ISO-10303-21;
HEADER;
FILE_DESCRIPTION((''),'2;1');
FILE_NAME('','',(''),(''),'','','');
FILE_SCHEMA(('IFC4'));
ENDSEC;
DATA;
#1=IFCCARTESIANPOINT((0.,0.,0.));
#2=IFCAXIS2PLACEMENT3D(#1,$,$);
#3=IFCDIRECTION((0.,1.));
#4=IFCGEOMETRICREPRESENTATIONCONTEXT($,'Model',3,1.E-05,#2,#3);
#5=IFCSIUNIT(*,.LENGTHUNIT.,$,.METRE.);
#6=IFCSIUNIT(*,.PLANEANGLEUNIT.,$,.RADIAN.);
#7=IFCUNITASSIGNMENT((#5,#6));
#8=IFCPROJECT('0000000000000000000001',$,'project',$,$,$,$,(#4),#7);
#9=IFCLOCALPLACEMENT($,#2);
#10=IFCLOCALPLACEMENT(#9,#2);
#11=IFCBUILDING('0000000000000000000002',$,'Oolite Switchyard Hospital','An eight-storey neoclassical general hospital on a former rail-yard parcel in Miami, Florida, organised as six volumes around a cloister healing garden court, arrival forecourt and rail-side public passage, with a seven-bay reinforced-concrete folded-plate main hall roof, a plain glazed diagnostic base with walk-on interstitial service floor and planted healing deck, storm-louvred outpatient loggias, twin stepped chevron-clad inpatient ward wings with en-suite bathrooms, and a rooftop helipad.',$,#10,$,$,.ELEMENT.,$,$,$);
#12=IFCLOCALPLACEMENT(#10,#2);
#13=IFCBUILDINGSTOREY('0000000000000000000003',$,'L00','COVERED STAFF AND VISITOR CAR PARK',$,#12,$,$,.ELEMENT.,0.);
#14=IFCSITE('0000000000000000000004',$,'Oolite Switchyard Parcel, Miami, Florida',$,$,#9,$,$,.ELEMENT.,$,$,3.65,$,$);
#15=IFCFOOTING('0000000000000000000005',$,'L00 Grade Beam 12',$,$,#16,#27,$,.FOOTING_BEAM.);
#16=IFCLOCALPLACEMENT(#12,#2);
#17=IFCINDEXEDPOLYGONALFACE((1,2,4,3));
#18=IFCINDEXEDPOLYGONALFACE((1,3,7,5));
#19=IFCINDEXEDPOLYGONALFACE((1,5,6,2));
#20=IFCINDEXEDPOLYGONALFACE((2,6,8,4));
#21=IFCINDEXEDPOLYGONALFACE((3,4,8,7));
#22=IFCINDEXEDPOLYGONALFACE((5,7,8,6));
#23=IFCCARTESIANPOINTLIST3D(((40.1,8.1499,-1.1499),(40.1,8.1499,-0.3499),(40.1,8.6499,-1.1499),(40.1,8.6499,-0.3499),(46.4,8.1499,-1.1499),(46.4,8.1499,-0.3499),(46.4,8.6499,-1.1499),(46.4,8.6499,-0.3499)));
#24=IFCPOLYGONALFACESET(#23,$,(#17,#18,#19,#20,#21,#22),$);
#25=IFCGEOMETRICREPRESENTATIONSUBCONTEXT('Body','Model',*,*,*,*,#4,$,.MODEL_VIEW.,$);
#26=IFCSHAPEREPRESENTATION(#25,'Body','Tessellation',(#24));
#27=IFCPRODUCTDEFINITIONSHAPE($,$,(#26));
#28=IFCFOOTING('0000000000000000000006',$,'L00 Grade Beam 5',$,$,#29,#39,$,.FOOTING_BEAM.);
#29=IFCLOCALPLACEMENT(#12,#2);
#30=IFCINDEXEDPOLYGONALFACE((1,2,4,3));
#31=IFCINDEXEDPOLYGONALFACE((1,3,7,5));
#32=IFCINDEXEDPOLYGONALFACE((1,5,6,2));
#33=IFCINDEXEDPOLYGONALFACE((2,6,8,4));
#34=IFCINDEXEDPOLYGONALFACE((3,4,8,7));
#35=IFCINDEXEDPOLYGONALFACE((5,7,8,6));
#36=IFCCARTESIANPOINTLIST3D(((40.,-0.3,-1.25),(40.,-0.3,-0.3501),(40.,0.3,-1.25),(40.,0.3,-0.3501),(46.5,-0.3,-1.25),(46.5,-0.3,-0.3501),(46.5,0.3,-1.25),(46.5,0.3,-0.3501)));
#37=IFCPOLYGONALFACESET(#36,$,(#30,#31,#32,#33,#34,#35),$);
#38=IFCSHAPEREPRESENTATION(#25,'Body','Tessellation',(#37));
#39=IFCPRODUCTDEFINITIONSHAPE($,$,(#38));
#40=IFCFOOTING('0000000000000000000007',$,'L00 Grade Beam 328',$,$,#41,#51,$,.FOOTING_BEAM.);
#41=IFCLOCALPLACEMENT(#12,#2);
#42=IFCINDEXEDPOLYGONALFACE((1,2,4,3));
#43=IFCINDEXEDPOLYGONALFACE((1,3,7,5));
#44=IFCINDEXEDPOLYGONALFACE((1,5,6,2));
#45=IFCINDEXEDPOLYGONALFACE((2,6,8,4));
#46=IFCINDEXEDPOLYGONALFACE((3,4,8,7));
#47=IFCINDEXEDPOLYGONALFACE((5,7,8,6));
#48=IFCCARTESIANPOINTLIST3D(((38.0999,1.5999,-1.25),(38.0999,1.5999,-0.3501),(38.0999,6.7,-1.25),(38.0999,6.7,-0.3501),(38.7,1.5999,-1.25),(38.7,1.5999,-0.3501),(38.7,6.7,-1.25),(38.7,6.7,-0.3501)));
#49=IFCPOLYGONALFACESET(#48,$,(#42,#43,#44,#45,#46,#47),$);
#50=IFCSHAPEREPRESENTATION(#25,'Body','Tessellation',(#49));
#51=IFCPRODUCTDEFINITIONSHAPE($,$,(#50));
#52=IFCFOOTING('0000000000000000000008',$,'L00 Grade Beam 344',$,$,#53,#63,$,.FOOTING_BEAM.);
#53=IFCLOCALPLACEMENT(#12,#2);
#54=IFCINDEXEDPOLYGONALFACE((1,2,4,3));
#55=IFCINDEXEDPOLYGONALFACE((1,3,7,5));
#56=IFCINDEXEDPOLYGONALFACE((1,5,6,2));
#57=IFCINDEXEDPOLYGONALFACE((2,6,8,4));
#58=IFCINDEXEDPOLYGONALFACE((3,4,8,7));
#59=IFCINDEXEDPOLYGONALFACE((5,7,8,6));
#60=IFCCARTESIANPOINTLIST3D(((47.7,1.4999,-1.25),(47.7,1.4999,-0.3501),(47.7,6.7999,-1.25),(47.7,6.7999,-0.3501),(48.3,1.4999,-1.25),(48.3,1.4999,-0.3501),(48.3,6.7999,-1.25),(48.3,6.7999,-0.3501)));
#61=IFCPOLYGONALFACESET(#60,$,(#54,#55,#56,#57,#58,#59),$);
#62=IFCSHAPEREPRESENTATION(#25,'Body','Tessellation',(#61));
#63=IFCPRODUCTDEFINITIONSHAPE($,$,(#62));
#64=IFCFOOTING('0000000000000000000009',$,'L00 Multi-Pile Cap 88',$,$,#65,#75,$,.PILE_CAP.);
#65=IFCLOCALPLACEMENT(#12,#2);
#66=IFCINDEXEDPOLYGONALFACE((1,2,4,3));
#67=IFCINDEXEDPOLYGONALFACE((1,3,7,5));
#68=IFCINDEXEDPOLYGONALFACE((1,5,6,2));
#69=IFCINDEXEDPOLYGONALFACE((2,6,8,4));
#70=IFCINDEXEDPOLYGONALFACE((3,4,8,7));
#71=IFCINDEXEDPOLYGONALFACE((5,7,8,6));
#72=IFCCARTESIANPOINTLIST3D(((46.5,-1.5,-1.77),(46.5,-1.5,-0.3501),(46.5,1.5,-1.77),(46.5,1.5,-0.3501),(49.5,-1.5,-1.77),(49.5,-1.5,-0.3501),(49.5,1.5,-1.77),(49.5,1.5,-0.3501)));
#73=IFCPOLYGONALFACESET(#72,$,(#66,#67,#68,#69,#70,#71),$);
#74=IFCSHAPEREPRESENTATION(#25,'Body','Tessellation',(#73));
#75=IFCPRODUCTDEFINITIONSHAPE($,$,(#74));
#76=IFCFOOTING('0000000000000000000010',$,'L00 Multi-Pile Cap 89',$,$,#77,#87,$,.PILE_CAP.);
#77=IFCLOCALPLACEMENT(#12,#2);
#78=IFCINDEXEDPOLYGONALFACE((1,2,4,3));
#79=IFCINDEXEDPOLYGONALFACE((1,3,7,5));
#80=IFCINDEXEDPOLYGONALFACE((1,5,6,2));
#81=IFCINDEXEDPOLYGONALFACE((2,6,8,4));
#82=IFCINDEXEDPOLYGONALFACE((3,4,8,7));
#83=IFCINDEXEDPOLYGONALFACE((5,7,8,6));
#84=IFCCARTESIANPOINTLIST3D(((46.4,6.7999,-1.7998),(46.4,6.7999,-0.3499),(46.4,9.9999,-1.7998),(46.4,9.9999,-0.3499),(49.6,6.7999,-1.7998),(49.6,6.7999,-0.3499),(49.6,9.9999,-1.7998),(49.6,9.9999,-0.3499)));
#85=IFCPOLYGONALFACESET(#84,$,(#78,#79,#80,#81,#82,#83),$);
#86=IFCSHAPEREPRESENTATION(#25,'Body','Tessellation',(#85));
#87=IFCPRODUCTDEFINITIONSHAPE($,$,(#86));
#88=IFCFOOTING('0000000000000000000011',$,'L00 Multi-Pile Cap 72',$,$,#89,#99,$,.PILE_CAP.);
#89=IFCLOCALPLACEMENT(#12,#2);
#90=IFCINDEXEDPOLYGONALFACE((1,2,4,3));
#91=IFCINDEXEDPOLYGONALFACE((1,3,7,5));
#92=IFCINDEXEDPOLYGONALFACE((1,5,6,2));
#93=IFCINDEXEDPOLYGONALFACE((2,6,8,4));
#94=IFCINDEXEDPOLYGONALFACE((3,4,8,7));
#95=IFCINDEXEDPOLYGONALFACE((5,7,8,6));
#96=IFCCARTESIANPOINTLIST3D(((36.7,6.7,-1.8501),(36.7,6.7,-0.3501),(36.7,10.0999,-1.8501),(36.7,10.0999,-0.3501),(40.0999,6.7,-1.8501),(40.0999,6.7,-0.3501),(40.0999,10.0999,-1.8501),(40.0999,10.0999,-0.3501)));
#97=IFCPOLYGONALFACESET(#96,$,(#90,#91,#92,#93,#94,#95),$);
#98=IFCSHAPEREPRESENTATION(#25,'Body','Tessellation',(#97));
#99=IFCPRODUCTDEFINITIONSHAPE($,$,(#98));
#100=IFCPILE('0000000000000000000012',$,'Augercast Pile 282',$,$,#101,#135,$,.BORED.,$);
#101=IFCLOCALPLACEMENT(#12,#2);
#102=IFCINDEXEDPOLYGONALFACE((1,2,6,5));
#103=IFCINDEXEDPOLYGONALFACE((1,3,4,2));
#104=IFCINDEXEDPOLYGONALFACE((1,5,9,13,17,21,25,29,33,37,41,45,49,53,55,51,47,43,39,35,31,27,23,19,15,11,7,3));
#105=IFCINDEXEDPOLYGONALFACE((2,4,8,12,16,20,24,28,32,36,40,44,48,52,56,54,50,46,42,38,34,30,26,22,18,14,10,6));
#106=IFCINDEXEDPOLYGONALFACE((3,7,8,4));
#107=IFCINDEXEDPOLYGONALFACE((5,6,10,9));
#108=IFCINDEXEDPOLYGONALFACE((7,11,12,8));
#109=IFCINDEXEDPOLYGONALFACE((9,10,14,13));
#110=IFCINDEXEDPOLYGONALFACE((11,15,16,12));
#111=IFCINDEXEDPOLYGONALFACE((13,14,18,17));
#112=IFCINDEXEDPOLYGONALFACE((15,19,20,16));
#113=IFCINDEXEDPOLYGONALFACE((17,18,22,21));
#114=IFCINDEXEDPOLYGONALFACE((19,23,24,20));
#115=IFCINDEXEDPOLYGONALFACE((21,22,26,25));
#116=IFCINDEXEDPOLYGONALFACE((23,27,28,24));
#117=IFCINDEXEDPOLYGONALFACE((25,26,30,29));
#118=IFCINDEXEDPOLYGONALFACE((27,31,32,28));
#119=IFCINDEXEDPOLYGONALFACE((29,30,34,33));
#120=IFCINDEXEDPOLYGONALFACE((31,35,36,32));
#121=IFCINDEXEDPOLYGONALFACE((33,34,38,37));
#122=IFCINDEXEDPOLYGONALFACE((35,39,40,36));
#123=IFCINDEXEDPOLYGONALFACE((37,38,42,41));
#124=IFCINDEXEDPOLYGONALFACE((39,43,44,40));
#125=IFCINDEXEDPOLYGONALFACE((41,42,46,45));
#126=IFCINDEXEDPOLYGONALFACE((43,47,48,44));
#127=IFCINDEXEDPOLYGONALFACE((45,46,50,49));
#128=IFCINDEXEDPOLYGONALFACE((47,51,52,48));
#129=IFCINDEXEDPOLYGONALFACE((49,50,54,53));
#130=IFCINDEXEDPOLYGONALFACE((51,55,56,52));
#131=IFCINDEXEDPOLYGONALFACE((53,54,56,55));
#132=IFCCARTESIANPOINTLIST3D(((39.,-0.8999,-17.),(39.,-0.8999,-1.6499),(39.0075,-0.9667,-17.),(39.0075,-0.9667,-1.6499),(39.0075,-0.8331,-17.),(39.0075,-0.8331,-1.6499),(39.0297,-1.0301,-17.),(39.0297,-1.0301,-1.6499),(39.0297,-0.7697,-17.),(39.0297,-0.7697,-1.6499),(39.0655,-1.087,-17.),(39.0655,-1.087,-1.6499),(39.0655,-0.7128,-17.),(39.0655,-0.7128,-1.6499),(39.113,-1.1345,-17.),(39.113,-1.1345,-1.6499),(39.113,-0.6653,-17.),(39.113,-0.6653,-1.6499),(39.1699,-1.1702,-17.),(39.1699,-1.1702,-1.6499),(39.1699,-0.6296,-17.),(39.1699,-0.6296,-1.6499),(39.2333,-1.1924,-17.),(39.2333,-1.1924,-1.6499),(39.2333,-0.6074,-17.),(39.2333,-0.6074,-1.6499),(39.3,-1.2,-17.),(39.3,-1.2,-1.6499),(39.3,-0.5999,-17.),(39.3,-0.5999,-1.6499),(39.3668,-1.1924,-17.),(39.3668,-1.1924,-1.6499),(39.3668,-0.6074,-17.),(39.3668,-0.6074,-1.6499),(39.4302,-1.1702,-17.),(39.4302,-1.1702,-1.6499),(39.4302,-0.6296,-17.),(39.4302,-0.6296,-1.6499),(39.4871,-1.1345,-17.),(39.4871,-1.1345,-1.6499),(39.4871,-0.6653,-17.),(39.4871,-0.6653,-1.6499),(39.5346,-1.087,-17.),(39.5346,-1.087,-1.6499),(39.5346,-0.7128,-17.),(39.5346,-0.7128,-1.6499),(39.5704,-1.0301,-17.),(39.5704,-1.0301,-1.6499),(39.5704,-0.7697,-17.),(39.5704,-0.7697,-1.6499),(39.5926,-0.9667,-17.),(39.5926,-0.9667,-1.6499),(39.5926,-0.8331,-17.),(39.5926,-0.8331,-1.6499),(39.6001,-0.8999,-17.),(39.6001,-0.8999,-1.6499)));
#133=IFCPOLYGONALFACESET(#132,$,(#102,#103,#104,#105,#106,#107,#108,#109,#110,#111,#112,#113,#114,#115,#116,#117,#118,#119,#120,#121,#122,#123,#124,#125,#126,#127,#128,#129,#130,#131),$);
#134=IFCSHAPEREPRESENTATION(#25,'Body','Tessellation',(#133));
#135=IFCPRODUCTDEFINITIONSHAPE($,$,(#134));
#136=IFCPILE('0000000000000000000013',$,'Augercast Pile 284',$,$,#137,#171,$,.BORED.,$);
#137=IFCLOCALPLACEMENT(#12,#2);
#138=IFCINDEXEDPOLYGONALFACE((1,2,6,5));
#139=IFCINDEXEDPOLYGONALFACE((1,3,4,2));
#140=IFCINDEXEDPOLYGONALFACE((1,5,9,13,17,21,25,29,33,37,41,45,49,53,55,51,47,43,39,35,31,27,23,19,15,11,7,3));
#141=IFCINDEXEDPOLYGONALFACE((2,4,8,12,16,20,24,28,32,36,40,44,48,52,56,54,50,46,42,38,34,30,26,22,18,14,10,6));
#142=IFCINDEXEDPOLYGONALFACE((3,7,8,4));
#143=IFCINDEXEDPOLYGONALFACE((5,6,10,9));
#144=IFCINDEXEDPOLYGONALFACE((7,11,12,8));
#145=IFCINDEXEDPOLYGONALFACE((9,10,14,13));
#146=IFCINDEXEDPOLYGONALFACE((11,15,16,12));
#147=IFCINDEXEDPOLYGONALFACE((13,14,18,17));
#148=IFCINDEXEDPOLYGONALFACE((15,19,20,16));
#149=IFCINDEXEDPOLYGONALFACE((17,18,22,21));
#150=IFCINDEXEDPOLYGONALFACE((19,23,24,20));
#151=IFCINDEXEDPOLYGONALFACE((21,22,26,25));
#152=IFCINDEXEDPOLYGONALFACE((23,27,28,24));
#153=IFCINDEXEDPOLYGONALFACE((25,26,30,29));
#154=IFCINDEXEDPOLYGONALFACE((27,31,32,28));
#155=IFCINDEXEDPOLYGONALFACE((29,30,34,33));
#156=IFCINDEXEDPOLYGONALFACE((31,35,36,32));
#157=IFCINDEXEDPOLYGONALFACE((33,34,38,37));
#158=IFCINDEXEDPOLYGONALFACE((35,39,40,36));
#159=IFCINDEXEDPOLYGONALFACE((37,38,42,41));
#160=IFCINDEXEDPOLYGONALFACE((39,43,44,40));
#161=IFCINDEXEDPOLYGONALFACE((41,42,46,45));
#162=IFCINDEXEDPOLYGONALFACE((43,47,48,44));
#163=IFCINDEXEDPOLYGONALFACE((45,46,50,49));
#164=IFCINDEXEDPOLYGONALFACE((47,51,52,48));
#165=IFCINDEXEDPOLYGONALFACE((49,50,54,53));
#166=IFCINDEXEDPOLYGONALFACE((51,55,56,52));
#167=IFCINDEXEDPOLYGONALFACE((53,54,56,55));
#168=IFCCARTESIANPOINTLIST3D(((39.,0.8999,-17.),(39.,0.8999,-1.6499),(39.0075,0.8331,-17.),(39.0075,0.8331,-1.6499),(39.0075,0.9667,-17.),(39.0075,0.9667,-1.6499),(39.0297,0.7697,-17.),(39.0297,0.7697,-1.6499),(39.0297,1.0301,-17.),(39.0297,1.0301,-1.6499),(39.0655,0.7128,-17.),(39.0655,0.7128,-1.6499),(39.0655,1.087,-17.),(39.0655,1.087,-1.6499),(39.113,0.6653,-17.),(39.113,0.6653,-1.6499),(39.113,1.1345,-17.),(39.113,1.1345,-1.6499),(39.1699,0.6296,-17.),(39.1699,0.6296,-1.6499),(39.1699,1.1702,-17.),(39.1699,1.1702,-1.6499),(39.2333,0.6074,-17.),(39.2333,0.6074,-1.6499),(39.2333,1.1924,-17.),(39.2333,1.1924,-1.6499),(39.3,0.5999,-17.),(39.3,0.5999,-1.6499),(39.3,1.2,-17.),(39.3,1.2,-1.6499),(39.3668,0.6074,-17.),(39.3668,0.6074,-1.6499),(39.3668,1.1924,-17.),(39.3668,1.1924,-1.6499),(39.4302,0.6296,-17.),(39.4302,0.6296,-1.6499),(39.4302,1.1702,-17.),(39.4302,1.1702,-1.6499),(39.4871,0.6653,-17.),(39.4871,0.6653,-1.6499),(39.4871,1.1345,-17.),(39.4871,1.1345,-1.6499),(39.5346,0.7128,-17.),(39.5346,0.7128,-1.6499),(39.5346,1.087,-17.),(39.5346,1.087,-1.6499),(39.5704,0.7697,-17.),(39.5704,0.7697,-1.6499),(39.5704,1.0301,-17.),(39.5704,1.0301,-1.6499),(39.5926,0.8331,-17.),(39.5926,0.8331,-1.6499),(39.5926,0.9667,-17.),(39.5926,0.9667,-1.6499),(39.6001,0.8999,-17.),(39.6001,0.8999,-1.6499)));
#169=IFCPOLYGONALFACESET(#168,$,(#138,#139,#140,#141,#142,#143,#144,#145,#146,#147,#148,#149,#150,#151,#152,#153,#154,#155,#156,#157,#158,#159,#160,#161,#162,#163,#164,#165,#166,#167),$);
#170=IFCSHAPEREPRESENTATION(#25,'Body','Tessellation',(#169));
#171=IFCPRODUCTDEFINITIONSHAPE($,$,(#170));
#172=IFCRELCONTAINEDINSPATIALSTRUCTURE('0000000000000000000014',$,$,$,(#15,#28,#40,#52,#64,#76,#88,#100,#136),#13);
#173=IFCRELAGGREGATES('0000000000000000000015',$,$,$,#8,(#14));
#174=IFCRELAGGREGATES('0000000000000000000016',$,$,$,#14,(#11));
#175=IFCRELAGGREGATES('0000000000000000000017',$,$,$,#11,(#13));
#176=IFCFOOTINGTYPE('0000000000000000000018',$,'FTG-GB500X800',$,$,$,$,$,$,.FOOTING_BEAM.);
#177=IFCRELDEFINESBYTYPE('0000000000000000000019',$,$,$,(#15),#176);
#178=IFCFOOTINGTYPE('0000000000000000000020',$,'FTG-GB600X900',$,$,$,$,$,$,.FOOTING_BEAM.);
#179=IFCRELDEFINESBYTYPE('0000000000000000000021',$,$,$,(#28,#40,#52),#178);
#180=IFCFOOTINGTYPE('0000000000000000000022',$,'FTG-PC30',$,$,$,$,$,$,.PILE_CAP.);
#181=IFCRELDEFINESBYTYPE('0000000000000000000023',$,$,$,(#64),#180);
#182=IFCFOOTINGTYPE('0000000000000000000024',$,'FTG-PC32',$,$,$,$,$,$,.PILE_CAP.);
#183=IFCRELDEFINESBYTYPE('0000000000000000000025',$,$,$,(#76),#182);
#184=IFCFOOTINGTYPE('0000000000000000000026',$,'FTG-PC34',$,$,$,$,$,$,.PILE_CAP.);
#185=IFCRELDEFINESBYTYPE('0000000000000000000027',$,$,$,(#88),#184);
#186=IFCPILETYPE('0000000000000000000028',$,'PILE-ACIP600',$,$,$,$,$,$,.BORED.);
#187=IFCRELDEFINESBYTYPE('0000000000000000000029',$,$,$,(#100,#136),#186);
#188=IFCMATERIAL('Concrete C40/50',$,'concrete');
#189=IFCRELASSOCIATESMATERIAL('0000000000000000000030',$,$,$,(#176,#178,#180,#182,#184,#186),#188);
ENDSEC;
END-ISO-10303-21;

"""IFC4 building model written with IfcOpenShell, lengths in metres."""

from ifc_helpers import new_model, si_unit, direction, frame, origin, origin_2d, place, context, subcontext, project, spatial, rectangle, circle, extrude, material, material_profile, profile_set, type_object, element, save


model = new_model("IFC4")

# Units and contexts
model_context = context("Model", 3, precision=1e-05, world=origin(), true_north=direction((0.0, 1.0)))
body_context = subcontext(model_context, "Body", "Model", "MODEL_VIEW")
ifc_project = project(units=[si_unit("LENGTHUNIT", "METRE"), si_unit("PLANEANGLEUNIT", "RADIAN")], contexts=[model_context])

# Site, building, storey
site_placement = place(None, origin())
site = spatial("IfcSite", under=ifc_project, at=site_placement, Name="Oolite Switchyard Parcel, Miami, Florida", CompositionType="ELEMENT", RefElevation=3.65)
building_placement = place(site_placement, origin())
building = spatial("IfcBuilding", under=site, at=building_placement, Name="Oolite Switchyard Hospital", Description="An eight-storey neoclassical general hospital on a former rail-yard parcel in Miami, Florida, organised as six volumes around a cloister healing garden court, arrival forecourt and rail-side public passage, with a seven-bay reinforced-concrete folded-plate main hall roof, a plain glazed diagnostic base with walk-on interstitial service floor and planted healing deck, storm-louvred outpatient loggias, twin stepped chevron-clad inpatient ward wings with en-suite bathrooms, and a rooftop helipad.", CompositionType="ELEMENT")
storey_placement = place(building_placement, origin())
storey = spatial("IfcBuildingStorey", under=building, at=storey_placement, Name="L00", Description="COVERED STAFF AND VISITOR CAR PARK", CompositionType="ELEMENT", Elevation=0.0)

# Footings
ifc_material_1 = material(Name="Concrete C40/50", Category="concrete")
footing_type_1 = type_object("IfcFootingType", Name="FTG-GB500X800", PredefinedType="FOOTING_BEAM", material=ifc_material_1)
footing_1_placement = place(storey_placement, frame((43.25, 8.3999, -1.1499), z_axis=(0.0, 0.0, 1.0), x_axis=(1.0, 0.0, 0.0)))
element("IfcFooting", 1, at=footing_1_placement, inside=storey, type_object=footing_type_1, Name="L00 Grade Beam 12", PredefinedType="FOOTING_BEAM", context=body_context, shape_type="SweptSolid", body=[
    extrude(rectangle(XDim=6.3, YDim=0.5, at=origin_2d()), origin(), (0.0, 0.0, 1.0), 0.8),
])
footing_type_2 = type_object("IfcFootingType", Name="FTG-GB600X900", PredefinedType="FOOTING_BEAM", material=ifc_material_1)
footing_2_placement = place(storey_placement, frame((43.25, 0.0, -1.25), z_axis=(0.0, 0.0, 1.0), x_axis=(1.0, 0.0, 0.0)))
element("IfcFooting", 2, at=footing_2_placement, inside=storey, type_object=footing_type_2, Name="L00 Grade Beam 5", PredefinedType="FOOTING_BEAM", context=body_context, shape_type="SweptSolid", body=[
    extrude(rectangle(XDim=6.5, YDim=0.6001, at=origin_2d()), origin(), (0.0, 0.0, 1.0), 0.8999),
])
footing_3_placement = place(storey_placement, frame((38.3999, 4.1499, -1.25), z_axis=(0.0, 0.0, 1.0), x_axis=(0.0, 1.0, 0.0)))
element("IfcFooting", 3, at=footing_3_placement, inside=storey, type_object=footing_type_2, Name="L00 Grade Beam 328", PredefinedType="FOOTING_BEAM", context=body_context, shape_type="SweptSolid", body=[
    extrude(rectangle(XDim=5.1001, YDim=0.6001, at=origin_2d()), origin(), (0.0, 0.0, 1.0), 0.8999),
])
footing_4_placement = place(storey_placement, frame((48.0, 4.1499, -1.25), z_axis=(0.0, 0.0, 1.0), x_axis=(0.0, 1.0, 0.0)))
element("IfcFooting", 4, at=footing_4_placement, inside=storey, type_object=footing_type_2, Name="L00 Grade Beam 344", PredefinedType="FOOTING_BEAM", context=body_context, shape_type="SweptSolid", body=[
    extrude(rectangle(XDim=5.3, YDim=0.6001, at=origin_2d()), origin(), (0.0, 0.0, 1.0), 0.8999),
])
footing_type_3 = type_object("IfcFootingType", Name="FTG-PC30", PredefinedType="PILE_CAP", material=ifc_material_1)
footing_5_placement = place(storey_placement, frame((48.0, 0.0, -1.77), z_axis=(0.0, 0.0, 1.0), x_axis=(1.0, 0.0, 0.0)))
element("IfcFooting", 5, at=footing_5_placement, inside=storey, type_object=footing_type_3, Name="L00 Multi-Pile Cap 88", PredefinedType="PILE_CAP", context=body_context, shape_type="SweptSolid", body=[
    extrude(rectangle(XDim=3.0, YDim=3.0, at=origin_2d()), origin(), (0.0, 0.0, 1.0), 1.4199),
])
footing_type_4 = type_object("IfcFootingType", Name="FTG-PC32", PredefinedType="PILE_CAP", material=ifc_material_1)
footing_6_placement = place(storey_placement, frame((48.0, 8.3999, -1.7998), z_axis=(0.0, 0.0, 1.0), x_axis=(1.0, 0.0, 0.0)))
element("IfcFooting", 6, at=footing_6_placement, inside=storey, type_object=footing_type_4, Name="L00 Multi-Pile Cap 89", PredefinedType="PILE_CAP", context=body_context, shape_type="SweptSolid", body=[
    extrude(rectangle(XDim=3.2, YDim=3.2, at=origin_2d()), origin(), (0.0, 0.0, 1.0), 1.45),
])
footing_type_5 = type_object("IfcFootingType", Name="FTG-PC34", PredefinedType="PILE_CAP", material=ifc_material_1)
footing_7_placement = place(storey_placement, frame((38.3999, 8.3999, -1.8501), z_axis=(0.0, 0.0, 1.0), x_axis=(1.0, 0.0, 0.0)))
element("IfcFooting", 7, at=footing_7_placement, inside=storey, type_object=footing_type_5, Name="L00 Multi-Pile Cap 72", PredefinedType="PILE_CAP", context=body_context, shape_type="SweptSolid", body=[
    extrude(rectangle(XDim=3.3999, YDim=3.3999, at=origin_2d()), origin(), (0.0, 0.0, 1.0), 1.5),
])

# Piles
ifc_material_profile_1 = material_profile(ifc_material_1, circle(Radius=0.3, at=origin_2d()), Name="PILE600")
ifc_profile_set_1 = profile_set([ifc_material_profile_1], Name="Concrete C40/50")
pile_type = type_object("IfcPileType", Name="PILE-ACIP600", PredefinedType="BORED", material=ifc_profile_set_1)
for number, where, z_axis, x_axis, name in (
    (8, (39.3, -0.8999, -1.6499), (0.0, 0.0, -1.0), (1.0, 0.0, 0.0), "Augercast Pile 282"),
    (9, (39.3, 0.8999, -1.6499), (0.0, 0.0, -1.0), (1.0, 0.0, 0.0), "Augercast Pile 284"),
):
    element("IfcPile", number, at=place(storey_placement, frame(where, z_axis=z_axis, x_axis=x_axis)), inside=storey, type_object=pile_type, Name=name, PredefinedType="BORED", context=body_context, shape_type="SweptSolid", body=[
        extrude(circle(Radius=0.3, at=origin_2d()), origin(), (0.0, 0.0, 1.0), 15.3501),
    ])

save(model, "model.ifc")
